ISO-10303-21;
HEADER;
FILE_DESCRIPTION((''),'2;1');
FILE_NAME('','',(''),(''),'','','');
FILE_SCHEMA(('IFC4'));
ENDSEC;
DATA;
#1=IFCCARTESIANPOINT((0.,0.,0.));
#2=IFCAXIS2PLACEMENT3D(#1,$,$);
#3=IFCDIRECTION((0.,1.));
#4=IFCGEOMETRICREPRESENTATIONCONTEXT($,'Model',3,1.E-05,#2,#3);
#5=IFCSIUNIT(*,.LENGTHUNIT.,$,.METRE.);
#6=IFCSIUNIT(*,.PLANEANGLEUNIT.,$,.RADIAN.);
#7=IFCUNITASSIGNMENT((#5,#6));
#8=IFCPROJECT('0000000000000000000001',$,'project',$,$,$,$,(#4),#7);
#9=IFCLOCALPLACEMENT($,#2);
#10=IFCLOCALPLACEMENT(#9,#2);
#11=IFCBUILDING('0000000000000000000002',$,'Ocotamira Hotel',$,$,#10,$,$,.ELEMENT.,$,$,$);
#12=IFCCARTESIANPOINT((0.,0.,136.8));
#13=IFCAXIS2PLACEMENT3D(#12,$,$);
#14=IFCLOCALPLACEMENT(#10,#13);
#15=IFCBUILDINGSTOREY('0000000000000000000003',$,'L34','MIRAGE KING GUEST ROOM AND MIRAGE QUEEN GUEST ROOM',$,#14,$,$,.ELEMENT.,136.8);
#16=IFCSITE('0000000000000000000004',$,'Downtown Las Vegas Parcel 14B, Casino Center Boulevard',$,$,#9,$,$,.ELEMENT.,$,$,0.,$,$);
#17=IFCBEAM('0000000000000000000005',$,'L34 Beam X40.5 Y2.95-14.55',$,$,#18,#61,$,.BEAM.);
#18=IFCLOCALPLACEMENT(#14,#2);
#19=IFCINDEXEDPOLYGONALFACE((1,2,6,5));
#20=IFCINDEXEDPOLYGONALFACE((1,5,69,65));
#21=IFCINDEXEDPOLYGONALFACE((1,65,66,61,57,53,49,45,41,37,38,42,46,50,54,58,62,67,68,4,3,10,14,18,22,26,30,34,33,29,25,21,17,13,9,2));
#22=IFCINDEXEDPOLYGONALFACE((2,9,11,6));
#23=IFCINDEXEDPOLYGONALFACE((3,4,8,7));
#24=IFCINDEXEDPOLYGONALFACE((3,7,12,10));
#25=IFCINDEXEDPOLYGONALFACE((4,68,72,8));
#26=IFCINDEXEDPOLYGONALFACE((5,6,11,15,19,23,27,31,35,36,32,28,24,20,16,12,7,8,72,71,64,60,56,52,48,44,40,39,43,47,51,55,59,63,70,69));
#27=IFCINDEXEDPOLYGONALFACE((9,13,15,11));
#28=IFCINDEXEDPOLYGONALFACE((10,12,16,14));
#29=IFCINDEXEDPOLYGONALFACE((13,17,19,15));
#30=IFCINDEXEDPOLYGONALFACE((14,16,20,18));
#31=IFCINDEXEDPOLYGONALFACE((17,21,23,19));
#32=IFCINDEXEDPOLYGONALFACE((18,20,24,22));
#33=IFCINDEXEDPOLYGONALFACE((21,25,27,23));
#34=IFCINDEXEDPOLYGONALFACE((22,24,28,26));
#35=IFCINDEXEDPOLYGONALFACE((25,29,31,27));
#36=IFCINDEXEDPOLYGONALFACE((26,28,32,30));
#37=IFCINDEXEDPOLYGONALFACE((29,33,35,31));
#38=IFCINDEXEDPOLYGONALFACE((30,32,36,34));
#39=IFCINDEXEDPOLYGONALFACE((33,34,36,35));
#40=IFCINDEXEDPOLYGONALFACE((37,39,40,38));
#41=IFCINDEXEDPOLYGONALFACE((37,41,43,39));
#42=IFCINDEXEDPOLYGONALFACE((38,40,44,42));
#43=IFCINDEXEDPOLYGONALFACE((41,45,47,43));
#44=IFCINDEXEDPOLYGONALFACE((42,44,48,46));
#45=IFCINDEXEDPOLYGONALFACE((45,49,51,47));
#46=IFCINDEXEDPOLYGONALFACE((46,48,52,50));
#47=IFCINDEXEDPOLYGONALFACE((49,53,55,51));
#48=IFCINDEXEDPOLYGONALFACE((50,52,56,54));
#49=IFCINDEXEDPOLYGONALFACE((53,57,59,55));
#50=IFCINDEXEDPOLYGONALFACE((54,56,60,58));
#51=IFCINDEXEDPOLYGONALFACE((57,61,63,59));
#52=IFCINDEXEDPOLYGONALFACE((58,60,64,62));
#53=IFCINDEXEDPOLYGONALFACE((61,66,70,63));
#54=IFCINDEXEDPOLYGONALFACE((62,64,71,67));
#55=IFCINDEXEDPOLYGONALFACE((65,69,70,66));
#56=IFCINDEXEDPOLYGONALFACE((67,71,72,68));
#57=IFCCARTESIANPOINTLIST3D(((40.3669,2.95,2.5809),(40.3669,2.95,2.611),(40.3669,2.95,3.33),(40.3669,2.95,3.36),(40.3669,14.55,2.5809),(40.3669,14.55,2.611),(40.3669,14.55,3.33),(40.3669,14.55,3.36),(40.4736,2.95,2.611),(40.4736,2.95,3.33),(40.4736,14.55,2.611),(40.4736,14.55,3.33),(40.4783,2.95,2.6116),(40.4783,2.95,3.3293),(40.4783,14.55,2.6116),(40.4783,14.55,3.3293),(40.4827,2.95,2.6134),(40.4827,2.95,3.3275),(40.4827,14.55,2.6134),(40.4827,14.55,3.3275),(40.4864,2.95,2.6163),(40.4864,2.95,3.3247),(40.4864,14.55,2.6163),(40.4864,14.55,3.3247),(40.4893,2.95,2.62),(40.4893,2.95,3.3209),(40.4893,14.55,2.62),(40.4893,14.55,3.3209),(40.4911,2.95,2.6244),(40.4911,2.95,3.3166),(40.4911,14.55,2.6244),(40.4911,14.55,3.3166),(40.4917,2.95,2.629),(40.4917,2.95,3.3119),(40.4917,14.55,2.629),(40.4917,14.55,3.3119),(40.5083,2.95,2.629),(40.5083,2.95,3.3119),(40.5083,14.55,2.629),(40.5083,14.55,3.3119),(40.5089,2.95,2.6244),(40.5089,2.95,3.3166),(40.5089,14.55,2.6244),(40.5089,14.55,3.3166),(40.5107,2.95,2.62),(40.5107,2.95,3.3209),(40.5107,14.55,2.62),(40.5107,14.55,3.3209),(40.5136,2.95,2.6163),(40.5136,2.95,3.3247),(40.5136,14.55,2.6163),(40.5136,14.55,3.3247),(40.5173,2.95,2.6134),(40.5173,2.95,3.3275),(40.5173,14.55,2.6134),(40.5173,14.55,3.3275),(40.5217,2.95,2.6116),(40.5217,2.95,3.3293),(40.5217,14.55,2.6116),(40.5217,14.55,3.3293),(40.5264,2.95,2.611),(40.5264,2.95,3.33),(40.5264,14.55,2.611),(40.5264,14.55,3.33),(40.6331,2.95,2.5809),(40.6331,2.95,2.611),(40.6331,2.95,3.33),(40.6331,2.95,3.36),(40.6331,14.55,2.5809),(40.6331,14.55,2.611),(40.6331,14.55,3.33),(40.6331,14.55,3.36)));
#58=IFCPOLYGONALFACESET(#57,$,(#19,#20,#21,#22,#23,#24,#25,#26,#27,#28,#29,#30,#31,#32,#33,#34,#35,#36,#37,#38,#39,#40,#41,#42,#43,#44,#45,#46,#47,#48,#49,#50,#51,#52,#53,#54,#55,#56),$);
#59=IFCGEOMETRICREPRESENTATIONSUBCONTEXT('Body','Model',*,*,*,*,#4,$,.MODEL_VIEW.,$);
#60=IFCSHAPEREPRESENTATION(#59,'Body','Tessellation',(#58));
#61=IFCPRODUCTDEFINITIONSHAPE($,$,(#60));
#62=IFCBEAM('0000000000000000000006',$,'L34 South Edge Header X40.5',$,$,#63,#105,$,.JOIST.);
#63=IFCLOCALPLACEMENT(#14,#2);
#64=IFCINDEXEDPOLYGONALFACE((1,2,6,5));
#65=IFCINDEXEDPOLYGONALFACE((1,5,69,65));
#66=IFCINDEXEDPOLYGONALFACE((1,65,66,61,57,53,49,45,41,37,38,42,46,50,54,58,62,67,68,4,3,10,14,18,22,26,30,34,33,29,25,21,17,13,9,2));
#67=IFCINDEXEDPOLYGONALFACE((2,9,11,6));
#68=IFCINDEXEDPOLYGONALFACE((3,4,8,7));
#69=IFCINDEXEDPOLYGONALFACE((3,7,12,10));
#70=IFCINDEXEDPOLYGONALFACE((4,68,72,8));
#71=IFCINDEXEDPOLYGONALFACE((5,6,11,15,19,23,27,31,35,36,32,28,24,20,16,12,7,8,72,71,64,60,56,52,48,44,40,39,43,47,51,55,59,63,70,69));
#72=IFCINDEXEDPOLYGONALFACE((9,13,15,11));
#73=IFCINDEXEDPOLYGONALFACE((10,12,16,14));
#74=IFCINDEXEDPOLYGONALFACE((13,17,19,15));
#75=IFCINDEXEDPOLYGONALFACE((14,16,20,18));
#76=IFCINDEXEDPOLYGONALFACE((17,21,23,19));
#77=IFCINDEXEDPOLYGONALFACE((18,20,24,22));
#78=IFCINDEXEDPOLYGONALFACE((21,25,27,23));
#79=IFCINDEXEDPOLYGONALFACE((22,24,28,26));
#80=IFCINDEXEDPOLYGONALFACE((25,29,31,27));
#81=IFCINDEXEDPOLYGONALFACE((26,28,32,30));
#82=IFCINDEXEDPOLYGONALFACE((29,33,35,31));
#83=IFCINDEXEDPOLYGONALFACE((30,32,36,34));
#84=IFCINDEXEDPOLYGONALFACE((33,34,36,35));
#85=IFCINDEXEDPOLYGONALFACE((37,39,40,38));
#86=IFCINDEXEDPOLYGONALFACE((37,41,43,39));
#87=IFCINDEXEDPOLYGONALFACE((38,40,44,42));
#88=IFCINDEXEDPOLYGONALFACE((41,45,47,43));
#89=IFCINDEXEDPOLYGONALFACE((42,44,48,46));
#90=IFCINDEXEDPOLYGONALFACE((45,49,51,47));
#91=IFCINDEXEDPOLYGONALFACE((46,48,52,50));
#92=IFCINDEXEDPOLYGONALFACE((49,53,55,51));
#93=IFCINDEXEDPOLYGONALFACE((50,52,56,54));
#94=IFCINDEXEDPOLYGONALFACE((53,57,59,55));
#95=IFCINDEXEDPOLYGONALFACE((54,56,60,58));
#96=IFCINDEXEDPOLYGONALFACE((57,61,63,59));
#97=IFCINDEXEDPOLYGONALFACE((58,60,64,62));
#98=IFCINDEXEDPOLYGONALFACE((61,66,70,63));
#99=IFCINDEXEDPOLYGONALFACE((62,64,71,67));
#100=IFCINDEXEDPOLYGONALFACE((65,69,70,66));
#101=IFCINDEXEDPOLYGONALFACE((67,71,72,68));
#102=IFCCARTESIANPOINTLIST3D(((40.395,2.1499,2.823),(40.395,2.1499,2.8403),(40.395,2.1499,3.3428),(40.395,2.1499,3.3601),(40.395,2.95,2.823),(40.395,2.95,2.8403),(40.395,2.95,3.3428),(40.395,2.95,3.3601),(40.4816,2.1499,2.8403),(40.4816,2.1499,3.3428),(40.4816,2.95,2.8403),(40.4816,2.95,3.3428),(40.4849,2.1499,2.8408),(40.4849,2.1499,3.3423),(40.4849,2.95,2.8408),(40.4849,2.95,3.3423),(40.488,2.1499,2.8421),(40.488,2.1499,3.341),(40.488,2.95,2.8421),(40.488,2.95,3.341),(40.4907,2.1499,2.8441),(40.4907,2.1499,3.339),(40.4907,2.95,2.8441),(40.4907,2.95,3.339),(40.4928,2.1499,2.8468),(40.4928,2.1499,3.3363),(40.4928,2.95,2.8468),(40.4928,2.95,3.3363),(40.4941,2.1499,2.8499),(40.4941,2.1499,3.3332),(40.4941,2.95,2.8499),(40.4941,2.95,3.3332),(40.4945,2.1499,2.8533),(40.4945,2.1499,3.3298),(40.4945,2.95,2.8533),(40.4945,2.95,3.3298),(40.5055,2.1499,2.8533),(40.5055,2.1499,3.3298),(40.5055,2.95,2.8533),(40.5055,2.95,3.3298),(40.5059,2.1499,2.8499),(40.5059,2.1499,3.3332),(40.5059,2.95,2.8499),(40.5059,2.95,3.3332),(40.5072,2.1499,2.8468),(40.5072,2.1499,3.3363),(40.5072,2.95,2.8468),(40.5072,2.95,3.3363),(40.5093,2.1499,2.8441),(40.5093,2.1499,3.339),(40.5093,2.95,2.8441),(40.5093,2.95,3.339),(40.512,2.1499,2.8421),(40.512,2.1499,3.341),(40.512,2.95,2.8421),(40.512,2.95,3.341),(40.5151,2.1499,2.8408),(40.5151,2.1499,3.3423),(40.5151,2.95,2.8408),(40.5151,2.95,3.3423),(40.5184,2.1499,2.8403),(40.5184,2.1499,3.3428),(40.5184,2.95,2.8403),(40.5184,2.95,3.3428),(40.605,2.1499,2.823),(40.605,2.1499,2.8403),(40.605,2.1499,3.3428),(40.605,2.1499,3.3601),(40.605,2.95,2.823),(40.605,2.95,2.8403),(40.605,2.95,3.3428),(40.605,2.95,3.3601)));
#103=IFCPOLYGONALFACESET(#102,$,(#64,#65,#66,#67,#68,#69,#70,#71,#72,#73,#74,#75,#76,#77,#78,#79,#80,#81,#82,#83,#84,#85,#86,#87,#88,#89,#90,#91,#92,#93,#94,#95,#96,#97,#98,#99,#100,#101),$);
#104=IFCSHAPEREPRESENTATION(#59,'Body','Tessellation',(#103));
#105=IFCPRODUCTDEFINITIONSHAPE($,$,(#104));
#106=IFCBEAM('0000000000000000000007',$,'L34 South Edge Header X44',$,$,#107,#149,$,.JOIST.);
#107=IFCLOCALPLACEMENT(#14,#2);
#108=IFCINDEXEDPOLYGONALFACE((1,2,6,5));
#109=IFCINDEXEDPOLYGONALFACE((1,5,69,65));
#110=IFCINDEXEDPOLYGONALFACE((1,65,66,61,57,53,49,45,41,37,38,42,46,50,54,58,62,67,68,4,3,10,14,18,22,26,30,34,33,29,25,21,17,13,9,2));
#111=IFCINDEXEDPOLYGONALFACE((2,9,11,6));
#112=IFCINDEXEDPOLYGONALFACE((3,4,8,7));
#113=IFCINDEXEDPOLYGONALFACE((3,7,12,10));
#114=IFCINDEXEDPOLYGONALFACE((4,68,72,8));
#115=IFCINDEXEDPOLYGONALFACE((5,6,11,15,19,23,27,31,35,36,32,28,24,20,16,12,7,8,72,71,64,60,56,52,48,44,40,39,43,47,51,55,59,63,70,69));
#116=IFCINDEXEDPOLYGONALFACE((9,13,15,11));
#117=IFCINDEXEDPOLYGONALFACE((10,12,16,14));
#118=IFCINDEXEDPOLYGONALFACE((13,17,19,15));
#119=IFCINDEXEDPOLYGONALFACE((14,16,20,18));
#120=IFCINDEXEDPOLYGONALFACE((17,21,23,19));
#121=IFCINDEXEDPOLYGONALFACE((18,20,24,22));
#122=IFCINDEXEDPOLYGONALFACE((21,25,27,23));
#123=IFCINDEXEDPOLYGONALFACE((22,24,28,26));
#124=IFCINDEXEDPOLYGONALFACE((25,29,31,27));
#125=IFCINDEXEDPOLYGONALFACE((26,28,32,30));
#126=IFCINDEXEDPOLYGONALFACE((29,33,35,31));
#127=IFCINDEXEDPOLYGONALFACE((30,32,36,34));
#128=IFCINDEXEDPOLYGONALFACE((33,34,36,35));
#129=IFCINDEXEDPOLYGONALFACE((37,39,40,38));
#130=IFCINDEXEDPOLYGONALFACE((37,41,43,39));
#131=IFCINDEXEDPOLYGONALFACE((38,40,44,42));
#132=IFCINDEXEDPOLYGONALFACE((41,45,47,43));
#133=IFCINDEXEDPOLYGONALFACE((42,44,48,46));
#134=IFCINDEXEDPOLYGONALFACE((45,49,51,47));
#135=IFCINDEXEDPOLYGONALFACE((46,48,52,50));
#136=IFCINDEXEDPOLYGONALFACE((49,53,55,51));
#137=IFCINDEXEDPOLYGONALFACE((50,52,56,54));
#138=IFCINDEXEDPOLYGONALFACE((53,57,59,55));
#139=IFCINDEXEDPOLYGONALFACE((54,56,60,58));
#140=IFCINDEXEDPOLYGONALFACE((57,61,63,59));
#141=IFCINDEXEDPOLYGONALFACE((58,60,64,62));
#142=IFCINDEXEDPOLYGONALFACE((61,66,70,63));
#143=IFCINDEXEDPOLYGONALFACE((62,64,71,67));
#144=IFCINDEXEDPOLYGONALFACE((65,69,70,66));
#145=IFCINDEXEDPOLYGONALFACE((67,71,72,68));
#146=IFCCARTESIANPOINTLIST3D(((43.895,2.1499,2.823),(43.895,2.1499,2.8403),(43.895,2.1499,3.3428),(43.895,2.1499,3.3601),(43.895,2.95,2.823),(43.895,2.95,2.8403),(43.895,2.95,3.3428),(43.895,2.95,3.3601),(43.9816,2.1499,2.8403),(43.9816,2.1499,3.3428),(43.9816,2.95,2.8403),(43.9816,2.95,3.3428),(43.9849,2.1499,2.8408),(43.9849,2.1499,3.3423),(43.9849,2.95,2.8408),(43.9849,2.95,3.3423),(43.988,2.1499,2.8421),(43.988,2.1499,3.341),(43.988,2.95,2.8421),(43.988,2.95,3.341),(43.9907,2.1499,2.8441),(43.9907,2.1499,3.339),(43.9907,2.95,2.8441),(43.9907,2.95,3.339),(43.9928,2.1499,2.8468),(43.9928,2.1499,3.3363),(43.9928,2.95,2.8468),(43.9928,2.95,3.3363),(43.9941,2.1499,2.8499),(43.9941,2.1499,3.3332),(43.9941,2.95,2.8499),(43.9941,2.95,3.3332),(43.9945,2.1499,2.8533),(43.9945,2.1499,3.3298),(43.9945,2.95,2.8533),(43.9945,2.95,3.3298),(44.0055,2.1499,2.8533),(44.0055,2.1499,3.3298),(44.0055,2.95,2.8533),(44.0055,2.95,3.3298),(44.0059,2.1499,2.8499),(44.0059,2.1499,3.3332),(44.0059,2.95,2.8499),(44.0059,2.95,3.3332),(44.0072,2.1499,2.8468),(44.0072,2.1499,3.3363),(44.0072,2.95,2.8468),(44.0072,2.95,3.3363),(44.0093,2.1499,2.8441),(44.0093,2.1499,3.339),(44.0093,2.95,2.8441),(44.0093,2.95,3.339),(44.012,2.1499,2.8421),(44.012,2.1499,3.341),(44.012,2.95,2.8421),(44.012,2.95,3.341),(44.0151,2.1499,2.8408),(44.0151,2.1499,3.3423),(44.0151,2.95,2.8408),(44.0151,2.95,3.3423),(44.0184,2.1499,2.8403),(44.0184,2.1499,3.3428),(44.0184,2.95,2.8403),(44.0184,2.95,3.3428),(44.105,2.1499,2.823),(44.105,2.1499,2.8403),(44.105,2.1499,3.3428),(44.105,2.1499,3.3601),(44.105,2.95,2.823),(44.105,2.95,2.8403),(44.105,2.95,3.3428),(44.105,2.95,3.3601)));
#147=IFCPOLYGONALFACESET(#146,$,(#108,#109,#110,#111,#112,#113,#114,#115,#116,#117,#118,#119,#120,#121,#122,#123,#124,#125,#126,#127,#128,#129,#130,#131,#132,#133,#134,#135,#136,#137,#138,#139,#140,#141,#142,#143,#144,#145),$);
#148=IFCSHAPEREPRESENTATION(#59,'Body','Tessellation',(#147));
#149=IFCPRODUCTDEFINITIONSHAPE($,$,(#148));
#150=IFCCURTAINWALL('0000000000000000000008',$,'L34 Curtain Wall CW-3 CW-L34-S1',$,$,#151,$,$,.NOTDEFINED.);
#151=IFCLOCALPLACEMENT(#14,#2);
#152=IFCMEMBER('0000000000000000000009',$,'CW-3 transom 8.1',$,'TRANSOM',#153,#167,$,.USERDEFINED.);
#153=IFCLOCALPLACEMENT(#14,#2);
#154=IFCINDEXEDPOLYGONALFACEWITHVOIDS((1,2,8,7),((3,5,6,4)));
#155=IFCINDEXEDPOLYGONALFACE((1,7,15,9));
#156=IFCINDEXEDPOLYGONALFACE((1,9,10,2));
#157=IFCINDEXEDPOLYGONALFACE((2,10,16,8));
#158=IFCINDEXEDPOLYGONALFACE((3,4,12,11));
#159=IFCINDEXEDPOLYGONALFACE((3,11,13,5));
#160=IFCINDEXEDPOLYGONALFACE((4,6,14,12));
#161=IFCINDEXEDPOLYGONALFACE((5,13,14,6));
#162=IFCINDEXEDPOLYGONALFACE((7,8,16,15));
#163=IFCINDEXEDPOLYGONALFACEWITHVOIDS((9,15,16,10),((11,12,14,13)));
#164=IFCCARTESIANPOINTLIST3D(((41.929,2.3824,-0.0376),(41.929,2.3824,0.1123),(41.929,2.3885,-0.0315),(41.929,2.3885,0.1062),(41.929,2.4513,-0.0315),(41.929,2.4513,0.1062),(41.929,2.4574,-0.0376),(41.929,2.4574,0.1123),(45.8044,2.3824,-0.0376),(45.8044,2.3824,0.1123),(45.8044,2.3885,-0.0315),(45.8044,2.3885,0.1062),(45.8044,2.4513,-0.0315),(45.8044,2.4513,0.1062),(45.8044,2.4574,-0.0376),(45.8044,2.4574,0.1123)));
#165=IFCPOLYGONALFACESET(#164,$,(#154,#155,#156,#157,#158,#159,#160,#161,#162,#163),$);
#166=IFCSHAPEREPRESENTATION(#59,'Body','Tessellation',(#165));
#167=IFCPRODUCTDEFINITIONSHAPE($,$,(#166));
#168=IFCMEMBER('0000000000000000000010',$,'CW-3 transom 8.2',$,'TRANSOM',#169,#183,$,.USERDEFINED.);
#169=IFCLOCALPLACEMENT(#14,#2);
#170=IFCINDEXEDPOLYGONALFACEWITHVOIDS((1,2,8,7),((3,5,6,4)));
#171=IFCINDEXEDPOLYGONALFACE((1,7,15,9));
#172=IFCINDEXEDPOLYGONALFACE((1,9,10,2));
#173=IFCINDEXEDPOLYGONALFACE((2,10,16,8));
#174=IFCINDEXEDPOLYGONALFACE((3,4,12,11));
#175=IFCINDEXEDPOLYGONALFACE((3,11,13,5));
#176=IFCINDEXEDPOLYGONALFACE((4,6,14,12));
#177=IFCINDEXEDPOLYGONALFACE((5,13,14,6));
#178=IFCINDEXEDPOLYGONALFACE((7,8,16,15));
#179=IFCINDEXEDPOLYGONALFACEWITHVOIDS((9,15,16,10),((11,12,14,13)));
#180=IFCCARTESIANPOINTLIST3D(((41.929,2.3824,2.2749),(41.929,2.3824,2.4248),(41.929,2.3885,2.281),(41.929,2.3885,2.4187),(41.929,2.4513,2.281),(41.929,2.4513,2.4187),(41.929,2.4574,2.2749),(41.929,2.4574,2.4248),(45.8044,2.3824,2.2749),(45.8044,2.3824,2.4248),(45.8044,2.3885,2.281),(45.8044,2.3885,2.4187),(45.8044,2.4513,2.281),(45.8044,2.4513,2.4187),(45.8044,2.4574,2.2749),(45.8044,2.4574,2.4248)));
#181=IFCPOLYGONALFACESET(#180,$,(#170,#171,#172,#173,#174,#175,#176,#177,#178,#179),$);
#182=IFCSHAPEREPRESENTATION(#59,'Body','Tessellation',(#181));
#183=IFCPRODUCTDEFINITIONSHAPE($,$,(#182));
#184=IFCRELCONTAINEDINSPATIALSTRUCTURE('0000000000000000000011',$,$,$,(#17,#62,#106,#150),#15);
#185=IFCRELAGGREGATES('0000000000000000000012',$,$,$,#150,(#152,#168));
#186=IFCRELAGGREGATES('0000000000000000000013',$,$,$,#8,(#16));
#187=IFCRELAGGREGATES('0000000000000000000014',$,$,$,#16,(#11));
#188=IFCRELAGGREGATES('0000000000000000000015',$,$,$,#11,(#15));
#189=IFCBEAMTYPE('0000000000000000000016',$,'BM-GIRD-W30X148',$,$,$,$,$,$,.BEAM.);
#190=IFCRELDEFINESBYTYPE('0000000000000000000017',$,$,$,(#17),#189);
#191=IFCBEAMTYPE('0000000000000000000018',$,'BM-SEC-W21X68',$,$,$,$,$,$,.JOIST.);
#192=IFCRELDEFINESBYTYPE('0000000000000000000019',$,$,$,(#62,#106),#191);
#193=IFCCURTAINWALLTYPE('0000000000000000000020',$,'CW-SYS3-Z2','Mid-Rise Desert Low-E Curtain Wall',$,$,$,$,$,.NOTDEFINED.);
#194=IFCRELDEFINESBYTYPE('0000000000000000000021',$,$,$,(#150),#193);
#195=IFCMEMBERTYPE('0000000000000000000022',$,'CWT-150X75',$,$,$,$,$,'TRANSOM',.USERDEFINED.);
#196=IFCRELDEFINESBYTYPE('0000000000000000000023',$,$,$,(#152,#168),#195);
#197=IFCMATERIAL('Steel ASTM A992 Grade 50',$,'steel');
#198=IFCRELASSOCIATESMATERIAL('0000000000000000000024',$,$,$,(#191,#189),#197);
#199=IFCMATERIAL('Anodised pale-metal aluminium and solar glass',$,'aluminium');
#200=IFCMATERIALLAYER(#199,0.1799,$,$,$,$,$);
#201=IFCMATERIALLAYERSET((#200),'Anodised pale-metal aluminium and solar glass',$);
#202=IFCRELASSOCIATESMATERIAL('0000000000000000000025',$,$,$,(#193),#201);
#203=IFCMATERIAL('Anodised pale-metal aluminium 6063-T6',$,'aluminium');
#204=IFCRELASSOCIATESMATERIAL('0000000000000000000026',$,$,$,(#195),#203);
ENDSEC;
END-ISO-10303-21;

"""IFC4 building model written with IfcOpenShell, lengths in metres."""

from ifc_helpers import new_model, si_unit, direction, frame, origin, origin_2d, place, context, subcontext, project, spatial, hollow_rectangle, i_section, extrude, source, transform, mapped, material, layer, layer_set, material_profile, profile_set, type_object, element, aggregate, save


model = new_model("IFC4")

# Units and contexts
model_context = context("Model", 3, precision=1e-05, world=origin(), true_north=direction((0.0, 1.0)))
body_context = subcontext(model_context, "Body", "Model", "MODEL_VIEW")
ifc_project = project(units=[si_unit("LENGTHUNIT", "METRE"), si_unit("PLANEANGLEUNIT", "RADIAN")], contexts=[model_context])

# Site, building, storey
site_placement = place(None, origin())
site = spatial("IfcSite", under=ifc_project, at=site_placement, Name="Downtown Las Vegas Parcel 14B, Casino Center Boulevard", CompositionType="ELEMENT", RefElevation=0.0)
building_placement = place(site_placement, origin())
building = spatial("IfcBuilding", under=site, at=building_placement, Name="Ocotamira Hotel", CompositionType="ELEMENT")
storey_placement = place(building_placement, frame((0.0, 0.0, 136.8)))
storey = spatial("IfcBuildingStorey", under=building, at=storey_placement, Name="L34", Description="MIRAGE KING GUEST ROOM AND MIRAGE QUEEN GUEST ROOM", CompositionType="ELEMENT", Elevation=136.8)

# Beams
ifc_material_1 = material(Name="Steel ASTM A992 Grade 50", Category="steel")
ifc_material_profile_1 = material_profile(ifc_material_1, i_section(OverallWidth=0.21, OverallDepth=0.5371, WebThickness=0.011, FlangeThickness=0.0173, FilletRadius=0.0129, at=origin_2d()), Name="W21X68")
ifc_profile_set_1 = profile_set([ifc_material_profile_1], Name="Steel ASTM A992 Grade 50")
beam_type_1 = type_object("IfcBeamType", Name="BM-SEC-W21X68", PredefinedType="JOIST", material=ifc_profile_set_1)
ifc_material_profile_2 = material_profile(ifc_material_1, i_section(OverallWidth=0.2661, OverallDepth=0.7791, WebThickness=0.0166, FlangeThickness=0.03, FilletRadius=0.0181, at=origin_2d()), Name="W30X148")
ifc_profile_set_2 = profile_set([ifc_material_profile_2], Name="Steel ASTM A992 Grade 50")
beam_type_2 = type_object("IfcBeamType", Name="BM-GIRD-W30X148", PredefinedType="BEAM", material=ifc_profile_set_2)
shared_shape_1 = source(origin(), body_context, "Body", "SweptSolid", [
    extrude(i_section(OverallWidth=0.2661, OverallDepth=0.7791, WebThickness=0.0166, FlangeThickness=0.03, FilletRadius=0.0181, at=origin_2d()), origin(), (0.0, 0.0, 1.0), 11.6001),
])
beam_1_placement = place(storey_placement, frame((40.5, 2.95, 2.9705), z_axis=(0.0, 1.0, 0.0), x_axis=(-1.0, 0.0, 0.0)))
element("IfcBeam", 1, at=beam_1_placement, inside=storey, type_object=beam_type_2, Name="L34 Beam X40.5 Y2.95-14.55", PredefinedType="BEAM", context=body_context, shape_type="MappedRepresentation", body=[
    mapped(shared_shape_1, transform((0.0, 0.0, 0.0), scale=1.0)),
])
shared_shape_2 = source(origin(), body_context, "Body", "SweptSolid", [
    extrude(i_section(OverallWidth=0.21, OverallDepth=0.5371, WebThickness=0.011, FlangeThickness=0.0173, FilletRadius=0.0129, at=origin_2d()), origin(), (0.0, 0.0, 1.0), 0.8),
])
for number, where, z_axis, x_axis, name in (
    (2, (40.5, 2.95, 3.0916), (0.0, -1.0, 0.0), (1.0, 0.0, 0.0), "L34 South Edge Header X40.5"),
    (3, (44.0, 2.95, 3.0916), (0.0, -1.0, 0.0), (1.0, 0.0, 0.0), "L34 South Edge Header X44"),
):
    element("IfcBeam", number, at=place(storey_placement, frame(where, z_axis=z_axis, x_axis=x_axis)), inside=storey, type_object=beam_type_1, Name=name, PredefinedType="JOIST", context=body_context, shape_type="MappedRepresentation", body=[
        mapped(shared_shape_2, transform((0.0, 0.0, 0.0), scale=1.0)),
    ])

# Curtain wall, members
ifc_material_2 = material(Name="Anodised pale-metal aluminium and solar glass", Category="aluminium")
ifc_layer_1 = layer(ifc_material_2, 0.1799)
ifc_layer_set_1 = layer_set([ifc_layer_1], Name="Anodised pale-metal aluminium and solar glass")
curtain_wall_type = type_object("IfcCurtainWallType", Name="CW-SYS3-Z2", Description="Mid-Rise Desert Low-E Curtain Wall", PredefinedType="NOTDEFINED", material=ifc_layer_set_1)
curtain_wall_placement = place(storey_placement, origin())
curtain_wall = element("IfcCurtainWall", 4, at=curtain_wall_placement, inside=storey, type_object=curtain_wall_type, Name="L34 Curtain Wall CW-3 CW-L34-S1", PredefinedType="NOTDEFINED")
ifc_material_3 = material(Name="Anodised pale-metal aluminium 6063-T6", Category="aluminium")
ifc_material_profile_3 = material_profile(ifc_material_3, hollow_rectangle(XDim=0.075, YDim=0.1499, WallThickness=0.0061, at=origin_2d()), Name="HSS150X75X6")
ifc_profile_set_3 = profile_set([ifc_material_profile_3], Name="Anodised pale-metal aluminium 6063-T6")
member_type_1 = type_object("IfcMemberType", Name="CWT-150X75", ElementType="TRANSOM", PredefinedType="USERDEFINED", material=ifc_profile_set_3)
shared_shape_3 = source(origin(), body_context, "Body", "SweptSolid", [
    extrude(hollow_rectangle(XDim=0.075, YDim=0.1499, WallThickness=0.0061, at=origin_2d()), origin(), (0.0, 0.0, 1.0), 3.8755),
])
member_1_placement = place(storey_placement, frame((41.929, 2.4199, 0.0374), z_axis=(1.0, 0.0, 0.0), x_axis=(0.0, 1.0, 0.0)))
member_1 = element("IfcMember", 5, at=member_1_placement, type_object=member_type_1, Name="CW-3 transom 8.1", ObjectType="TRANSOM", PredefinedType="USERDEFINED", context=body_context, shape_type="MappedRepresentation", body=[
    mapped(shared_shape_3, transform((0.0, 0.0, 0.0), scale=1.0)),
])
member_2_placement = place(storey_placement, frame((41.929, 2.4199, 2.3499), z_axis=(1.0, 0.0, 0.0), x_axis=(0.0, 1.0, 0.0)))
member_2 = element("IfcMember", 6, at=member_2_placement, type_object=member_type_1, Name="CW-3 transom 8.2", ObjectType="TRANSOM", PredefinedType="USERDEFINED", context=body_context, shape_type="MappedRepresentation", body=[
    mapped(shared_shape_3, transform((0.0, 0.0, 0.0), scale=1.0)),
])
aggregate(curtain_wall, [member_1, member_2])

save(model, "model.ifc")
